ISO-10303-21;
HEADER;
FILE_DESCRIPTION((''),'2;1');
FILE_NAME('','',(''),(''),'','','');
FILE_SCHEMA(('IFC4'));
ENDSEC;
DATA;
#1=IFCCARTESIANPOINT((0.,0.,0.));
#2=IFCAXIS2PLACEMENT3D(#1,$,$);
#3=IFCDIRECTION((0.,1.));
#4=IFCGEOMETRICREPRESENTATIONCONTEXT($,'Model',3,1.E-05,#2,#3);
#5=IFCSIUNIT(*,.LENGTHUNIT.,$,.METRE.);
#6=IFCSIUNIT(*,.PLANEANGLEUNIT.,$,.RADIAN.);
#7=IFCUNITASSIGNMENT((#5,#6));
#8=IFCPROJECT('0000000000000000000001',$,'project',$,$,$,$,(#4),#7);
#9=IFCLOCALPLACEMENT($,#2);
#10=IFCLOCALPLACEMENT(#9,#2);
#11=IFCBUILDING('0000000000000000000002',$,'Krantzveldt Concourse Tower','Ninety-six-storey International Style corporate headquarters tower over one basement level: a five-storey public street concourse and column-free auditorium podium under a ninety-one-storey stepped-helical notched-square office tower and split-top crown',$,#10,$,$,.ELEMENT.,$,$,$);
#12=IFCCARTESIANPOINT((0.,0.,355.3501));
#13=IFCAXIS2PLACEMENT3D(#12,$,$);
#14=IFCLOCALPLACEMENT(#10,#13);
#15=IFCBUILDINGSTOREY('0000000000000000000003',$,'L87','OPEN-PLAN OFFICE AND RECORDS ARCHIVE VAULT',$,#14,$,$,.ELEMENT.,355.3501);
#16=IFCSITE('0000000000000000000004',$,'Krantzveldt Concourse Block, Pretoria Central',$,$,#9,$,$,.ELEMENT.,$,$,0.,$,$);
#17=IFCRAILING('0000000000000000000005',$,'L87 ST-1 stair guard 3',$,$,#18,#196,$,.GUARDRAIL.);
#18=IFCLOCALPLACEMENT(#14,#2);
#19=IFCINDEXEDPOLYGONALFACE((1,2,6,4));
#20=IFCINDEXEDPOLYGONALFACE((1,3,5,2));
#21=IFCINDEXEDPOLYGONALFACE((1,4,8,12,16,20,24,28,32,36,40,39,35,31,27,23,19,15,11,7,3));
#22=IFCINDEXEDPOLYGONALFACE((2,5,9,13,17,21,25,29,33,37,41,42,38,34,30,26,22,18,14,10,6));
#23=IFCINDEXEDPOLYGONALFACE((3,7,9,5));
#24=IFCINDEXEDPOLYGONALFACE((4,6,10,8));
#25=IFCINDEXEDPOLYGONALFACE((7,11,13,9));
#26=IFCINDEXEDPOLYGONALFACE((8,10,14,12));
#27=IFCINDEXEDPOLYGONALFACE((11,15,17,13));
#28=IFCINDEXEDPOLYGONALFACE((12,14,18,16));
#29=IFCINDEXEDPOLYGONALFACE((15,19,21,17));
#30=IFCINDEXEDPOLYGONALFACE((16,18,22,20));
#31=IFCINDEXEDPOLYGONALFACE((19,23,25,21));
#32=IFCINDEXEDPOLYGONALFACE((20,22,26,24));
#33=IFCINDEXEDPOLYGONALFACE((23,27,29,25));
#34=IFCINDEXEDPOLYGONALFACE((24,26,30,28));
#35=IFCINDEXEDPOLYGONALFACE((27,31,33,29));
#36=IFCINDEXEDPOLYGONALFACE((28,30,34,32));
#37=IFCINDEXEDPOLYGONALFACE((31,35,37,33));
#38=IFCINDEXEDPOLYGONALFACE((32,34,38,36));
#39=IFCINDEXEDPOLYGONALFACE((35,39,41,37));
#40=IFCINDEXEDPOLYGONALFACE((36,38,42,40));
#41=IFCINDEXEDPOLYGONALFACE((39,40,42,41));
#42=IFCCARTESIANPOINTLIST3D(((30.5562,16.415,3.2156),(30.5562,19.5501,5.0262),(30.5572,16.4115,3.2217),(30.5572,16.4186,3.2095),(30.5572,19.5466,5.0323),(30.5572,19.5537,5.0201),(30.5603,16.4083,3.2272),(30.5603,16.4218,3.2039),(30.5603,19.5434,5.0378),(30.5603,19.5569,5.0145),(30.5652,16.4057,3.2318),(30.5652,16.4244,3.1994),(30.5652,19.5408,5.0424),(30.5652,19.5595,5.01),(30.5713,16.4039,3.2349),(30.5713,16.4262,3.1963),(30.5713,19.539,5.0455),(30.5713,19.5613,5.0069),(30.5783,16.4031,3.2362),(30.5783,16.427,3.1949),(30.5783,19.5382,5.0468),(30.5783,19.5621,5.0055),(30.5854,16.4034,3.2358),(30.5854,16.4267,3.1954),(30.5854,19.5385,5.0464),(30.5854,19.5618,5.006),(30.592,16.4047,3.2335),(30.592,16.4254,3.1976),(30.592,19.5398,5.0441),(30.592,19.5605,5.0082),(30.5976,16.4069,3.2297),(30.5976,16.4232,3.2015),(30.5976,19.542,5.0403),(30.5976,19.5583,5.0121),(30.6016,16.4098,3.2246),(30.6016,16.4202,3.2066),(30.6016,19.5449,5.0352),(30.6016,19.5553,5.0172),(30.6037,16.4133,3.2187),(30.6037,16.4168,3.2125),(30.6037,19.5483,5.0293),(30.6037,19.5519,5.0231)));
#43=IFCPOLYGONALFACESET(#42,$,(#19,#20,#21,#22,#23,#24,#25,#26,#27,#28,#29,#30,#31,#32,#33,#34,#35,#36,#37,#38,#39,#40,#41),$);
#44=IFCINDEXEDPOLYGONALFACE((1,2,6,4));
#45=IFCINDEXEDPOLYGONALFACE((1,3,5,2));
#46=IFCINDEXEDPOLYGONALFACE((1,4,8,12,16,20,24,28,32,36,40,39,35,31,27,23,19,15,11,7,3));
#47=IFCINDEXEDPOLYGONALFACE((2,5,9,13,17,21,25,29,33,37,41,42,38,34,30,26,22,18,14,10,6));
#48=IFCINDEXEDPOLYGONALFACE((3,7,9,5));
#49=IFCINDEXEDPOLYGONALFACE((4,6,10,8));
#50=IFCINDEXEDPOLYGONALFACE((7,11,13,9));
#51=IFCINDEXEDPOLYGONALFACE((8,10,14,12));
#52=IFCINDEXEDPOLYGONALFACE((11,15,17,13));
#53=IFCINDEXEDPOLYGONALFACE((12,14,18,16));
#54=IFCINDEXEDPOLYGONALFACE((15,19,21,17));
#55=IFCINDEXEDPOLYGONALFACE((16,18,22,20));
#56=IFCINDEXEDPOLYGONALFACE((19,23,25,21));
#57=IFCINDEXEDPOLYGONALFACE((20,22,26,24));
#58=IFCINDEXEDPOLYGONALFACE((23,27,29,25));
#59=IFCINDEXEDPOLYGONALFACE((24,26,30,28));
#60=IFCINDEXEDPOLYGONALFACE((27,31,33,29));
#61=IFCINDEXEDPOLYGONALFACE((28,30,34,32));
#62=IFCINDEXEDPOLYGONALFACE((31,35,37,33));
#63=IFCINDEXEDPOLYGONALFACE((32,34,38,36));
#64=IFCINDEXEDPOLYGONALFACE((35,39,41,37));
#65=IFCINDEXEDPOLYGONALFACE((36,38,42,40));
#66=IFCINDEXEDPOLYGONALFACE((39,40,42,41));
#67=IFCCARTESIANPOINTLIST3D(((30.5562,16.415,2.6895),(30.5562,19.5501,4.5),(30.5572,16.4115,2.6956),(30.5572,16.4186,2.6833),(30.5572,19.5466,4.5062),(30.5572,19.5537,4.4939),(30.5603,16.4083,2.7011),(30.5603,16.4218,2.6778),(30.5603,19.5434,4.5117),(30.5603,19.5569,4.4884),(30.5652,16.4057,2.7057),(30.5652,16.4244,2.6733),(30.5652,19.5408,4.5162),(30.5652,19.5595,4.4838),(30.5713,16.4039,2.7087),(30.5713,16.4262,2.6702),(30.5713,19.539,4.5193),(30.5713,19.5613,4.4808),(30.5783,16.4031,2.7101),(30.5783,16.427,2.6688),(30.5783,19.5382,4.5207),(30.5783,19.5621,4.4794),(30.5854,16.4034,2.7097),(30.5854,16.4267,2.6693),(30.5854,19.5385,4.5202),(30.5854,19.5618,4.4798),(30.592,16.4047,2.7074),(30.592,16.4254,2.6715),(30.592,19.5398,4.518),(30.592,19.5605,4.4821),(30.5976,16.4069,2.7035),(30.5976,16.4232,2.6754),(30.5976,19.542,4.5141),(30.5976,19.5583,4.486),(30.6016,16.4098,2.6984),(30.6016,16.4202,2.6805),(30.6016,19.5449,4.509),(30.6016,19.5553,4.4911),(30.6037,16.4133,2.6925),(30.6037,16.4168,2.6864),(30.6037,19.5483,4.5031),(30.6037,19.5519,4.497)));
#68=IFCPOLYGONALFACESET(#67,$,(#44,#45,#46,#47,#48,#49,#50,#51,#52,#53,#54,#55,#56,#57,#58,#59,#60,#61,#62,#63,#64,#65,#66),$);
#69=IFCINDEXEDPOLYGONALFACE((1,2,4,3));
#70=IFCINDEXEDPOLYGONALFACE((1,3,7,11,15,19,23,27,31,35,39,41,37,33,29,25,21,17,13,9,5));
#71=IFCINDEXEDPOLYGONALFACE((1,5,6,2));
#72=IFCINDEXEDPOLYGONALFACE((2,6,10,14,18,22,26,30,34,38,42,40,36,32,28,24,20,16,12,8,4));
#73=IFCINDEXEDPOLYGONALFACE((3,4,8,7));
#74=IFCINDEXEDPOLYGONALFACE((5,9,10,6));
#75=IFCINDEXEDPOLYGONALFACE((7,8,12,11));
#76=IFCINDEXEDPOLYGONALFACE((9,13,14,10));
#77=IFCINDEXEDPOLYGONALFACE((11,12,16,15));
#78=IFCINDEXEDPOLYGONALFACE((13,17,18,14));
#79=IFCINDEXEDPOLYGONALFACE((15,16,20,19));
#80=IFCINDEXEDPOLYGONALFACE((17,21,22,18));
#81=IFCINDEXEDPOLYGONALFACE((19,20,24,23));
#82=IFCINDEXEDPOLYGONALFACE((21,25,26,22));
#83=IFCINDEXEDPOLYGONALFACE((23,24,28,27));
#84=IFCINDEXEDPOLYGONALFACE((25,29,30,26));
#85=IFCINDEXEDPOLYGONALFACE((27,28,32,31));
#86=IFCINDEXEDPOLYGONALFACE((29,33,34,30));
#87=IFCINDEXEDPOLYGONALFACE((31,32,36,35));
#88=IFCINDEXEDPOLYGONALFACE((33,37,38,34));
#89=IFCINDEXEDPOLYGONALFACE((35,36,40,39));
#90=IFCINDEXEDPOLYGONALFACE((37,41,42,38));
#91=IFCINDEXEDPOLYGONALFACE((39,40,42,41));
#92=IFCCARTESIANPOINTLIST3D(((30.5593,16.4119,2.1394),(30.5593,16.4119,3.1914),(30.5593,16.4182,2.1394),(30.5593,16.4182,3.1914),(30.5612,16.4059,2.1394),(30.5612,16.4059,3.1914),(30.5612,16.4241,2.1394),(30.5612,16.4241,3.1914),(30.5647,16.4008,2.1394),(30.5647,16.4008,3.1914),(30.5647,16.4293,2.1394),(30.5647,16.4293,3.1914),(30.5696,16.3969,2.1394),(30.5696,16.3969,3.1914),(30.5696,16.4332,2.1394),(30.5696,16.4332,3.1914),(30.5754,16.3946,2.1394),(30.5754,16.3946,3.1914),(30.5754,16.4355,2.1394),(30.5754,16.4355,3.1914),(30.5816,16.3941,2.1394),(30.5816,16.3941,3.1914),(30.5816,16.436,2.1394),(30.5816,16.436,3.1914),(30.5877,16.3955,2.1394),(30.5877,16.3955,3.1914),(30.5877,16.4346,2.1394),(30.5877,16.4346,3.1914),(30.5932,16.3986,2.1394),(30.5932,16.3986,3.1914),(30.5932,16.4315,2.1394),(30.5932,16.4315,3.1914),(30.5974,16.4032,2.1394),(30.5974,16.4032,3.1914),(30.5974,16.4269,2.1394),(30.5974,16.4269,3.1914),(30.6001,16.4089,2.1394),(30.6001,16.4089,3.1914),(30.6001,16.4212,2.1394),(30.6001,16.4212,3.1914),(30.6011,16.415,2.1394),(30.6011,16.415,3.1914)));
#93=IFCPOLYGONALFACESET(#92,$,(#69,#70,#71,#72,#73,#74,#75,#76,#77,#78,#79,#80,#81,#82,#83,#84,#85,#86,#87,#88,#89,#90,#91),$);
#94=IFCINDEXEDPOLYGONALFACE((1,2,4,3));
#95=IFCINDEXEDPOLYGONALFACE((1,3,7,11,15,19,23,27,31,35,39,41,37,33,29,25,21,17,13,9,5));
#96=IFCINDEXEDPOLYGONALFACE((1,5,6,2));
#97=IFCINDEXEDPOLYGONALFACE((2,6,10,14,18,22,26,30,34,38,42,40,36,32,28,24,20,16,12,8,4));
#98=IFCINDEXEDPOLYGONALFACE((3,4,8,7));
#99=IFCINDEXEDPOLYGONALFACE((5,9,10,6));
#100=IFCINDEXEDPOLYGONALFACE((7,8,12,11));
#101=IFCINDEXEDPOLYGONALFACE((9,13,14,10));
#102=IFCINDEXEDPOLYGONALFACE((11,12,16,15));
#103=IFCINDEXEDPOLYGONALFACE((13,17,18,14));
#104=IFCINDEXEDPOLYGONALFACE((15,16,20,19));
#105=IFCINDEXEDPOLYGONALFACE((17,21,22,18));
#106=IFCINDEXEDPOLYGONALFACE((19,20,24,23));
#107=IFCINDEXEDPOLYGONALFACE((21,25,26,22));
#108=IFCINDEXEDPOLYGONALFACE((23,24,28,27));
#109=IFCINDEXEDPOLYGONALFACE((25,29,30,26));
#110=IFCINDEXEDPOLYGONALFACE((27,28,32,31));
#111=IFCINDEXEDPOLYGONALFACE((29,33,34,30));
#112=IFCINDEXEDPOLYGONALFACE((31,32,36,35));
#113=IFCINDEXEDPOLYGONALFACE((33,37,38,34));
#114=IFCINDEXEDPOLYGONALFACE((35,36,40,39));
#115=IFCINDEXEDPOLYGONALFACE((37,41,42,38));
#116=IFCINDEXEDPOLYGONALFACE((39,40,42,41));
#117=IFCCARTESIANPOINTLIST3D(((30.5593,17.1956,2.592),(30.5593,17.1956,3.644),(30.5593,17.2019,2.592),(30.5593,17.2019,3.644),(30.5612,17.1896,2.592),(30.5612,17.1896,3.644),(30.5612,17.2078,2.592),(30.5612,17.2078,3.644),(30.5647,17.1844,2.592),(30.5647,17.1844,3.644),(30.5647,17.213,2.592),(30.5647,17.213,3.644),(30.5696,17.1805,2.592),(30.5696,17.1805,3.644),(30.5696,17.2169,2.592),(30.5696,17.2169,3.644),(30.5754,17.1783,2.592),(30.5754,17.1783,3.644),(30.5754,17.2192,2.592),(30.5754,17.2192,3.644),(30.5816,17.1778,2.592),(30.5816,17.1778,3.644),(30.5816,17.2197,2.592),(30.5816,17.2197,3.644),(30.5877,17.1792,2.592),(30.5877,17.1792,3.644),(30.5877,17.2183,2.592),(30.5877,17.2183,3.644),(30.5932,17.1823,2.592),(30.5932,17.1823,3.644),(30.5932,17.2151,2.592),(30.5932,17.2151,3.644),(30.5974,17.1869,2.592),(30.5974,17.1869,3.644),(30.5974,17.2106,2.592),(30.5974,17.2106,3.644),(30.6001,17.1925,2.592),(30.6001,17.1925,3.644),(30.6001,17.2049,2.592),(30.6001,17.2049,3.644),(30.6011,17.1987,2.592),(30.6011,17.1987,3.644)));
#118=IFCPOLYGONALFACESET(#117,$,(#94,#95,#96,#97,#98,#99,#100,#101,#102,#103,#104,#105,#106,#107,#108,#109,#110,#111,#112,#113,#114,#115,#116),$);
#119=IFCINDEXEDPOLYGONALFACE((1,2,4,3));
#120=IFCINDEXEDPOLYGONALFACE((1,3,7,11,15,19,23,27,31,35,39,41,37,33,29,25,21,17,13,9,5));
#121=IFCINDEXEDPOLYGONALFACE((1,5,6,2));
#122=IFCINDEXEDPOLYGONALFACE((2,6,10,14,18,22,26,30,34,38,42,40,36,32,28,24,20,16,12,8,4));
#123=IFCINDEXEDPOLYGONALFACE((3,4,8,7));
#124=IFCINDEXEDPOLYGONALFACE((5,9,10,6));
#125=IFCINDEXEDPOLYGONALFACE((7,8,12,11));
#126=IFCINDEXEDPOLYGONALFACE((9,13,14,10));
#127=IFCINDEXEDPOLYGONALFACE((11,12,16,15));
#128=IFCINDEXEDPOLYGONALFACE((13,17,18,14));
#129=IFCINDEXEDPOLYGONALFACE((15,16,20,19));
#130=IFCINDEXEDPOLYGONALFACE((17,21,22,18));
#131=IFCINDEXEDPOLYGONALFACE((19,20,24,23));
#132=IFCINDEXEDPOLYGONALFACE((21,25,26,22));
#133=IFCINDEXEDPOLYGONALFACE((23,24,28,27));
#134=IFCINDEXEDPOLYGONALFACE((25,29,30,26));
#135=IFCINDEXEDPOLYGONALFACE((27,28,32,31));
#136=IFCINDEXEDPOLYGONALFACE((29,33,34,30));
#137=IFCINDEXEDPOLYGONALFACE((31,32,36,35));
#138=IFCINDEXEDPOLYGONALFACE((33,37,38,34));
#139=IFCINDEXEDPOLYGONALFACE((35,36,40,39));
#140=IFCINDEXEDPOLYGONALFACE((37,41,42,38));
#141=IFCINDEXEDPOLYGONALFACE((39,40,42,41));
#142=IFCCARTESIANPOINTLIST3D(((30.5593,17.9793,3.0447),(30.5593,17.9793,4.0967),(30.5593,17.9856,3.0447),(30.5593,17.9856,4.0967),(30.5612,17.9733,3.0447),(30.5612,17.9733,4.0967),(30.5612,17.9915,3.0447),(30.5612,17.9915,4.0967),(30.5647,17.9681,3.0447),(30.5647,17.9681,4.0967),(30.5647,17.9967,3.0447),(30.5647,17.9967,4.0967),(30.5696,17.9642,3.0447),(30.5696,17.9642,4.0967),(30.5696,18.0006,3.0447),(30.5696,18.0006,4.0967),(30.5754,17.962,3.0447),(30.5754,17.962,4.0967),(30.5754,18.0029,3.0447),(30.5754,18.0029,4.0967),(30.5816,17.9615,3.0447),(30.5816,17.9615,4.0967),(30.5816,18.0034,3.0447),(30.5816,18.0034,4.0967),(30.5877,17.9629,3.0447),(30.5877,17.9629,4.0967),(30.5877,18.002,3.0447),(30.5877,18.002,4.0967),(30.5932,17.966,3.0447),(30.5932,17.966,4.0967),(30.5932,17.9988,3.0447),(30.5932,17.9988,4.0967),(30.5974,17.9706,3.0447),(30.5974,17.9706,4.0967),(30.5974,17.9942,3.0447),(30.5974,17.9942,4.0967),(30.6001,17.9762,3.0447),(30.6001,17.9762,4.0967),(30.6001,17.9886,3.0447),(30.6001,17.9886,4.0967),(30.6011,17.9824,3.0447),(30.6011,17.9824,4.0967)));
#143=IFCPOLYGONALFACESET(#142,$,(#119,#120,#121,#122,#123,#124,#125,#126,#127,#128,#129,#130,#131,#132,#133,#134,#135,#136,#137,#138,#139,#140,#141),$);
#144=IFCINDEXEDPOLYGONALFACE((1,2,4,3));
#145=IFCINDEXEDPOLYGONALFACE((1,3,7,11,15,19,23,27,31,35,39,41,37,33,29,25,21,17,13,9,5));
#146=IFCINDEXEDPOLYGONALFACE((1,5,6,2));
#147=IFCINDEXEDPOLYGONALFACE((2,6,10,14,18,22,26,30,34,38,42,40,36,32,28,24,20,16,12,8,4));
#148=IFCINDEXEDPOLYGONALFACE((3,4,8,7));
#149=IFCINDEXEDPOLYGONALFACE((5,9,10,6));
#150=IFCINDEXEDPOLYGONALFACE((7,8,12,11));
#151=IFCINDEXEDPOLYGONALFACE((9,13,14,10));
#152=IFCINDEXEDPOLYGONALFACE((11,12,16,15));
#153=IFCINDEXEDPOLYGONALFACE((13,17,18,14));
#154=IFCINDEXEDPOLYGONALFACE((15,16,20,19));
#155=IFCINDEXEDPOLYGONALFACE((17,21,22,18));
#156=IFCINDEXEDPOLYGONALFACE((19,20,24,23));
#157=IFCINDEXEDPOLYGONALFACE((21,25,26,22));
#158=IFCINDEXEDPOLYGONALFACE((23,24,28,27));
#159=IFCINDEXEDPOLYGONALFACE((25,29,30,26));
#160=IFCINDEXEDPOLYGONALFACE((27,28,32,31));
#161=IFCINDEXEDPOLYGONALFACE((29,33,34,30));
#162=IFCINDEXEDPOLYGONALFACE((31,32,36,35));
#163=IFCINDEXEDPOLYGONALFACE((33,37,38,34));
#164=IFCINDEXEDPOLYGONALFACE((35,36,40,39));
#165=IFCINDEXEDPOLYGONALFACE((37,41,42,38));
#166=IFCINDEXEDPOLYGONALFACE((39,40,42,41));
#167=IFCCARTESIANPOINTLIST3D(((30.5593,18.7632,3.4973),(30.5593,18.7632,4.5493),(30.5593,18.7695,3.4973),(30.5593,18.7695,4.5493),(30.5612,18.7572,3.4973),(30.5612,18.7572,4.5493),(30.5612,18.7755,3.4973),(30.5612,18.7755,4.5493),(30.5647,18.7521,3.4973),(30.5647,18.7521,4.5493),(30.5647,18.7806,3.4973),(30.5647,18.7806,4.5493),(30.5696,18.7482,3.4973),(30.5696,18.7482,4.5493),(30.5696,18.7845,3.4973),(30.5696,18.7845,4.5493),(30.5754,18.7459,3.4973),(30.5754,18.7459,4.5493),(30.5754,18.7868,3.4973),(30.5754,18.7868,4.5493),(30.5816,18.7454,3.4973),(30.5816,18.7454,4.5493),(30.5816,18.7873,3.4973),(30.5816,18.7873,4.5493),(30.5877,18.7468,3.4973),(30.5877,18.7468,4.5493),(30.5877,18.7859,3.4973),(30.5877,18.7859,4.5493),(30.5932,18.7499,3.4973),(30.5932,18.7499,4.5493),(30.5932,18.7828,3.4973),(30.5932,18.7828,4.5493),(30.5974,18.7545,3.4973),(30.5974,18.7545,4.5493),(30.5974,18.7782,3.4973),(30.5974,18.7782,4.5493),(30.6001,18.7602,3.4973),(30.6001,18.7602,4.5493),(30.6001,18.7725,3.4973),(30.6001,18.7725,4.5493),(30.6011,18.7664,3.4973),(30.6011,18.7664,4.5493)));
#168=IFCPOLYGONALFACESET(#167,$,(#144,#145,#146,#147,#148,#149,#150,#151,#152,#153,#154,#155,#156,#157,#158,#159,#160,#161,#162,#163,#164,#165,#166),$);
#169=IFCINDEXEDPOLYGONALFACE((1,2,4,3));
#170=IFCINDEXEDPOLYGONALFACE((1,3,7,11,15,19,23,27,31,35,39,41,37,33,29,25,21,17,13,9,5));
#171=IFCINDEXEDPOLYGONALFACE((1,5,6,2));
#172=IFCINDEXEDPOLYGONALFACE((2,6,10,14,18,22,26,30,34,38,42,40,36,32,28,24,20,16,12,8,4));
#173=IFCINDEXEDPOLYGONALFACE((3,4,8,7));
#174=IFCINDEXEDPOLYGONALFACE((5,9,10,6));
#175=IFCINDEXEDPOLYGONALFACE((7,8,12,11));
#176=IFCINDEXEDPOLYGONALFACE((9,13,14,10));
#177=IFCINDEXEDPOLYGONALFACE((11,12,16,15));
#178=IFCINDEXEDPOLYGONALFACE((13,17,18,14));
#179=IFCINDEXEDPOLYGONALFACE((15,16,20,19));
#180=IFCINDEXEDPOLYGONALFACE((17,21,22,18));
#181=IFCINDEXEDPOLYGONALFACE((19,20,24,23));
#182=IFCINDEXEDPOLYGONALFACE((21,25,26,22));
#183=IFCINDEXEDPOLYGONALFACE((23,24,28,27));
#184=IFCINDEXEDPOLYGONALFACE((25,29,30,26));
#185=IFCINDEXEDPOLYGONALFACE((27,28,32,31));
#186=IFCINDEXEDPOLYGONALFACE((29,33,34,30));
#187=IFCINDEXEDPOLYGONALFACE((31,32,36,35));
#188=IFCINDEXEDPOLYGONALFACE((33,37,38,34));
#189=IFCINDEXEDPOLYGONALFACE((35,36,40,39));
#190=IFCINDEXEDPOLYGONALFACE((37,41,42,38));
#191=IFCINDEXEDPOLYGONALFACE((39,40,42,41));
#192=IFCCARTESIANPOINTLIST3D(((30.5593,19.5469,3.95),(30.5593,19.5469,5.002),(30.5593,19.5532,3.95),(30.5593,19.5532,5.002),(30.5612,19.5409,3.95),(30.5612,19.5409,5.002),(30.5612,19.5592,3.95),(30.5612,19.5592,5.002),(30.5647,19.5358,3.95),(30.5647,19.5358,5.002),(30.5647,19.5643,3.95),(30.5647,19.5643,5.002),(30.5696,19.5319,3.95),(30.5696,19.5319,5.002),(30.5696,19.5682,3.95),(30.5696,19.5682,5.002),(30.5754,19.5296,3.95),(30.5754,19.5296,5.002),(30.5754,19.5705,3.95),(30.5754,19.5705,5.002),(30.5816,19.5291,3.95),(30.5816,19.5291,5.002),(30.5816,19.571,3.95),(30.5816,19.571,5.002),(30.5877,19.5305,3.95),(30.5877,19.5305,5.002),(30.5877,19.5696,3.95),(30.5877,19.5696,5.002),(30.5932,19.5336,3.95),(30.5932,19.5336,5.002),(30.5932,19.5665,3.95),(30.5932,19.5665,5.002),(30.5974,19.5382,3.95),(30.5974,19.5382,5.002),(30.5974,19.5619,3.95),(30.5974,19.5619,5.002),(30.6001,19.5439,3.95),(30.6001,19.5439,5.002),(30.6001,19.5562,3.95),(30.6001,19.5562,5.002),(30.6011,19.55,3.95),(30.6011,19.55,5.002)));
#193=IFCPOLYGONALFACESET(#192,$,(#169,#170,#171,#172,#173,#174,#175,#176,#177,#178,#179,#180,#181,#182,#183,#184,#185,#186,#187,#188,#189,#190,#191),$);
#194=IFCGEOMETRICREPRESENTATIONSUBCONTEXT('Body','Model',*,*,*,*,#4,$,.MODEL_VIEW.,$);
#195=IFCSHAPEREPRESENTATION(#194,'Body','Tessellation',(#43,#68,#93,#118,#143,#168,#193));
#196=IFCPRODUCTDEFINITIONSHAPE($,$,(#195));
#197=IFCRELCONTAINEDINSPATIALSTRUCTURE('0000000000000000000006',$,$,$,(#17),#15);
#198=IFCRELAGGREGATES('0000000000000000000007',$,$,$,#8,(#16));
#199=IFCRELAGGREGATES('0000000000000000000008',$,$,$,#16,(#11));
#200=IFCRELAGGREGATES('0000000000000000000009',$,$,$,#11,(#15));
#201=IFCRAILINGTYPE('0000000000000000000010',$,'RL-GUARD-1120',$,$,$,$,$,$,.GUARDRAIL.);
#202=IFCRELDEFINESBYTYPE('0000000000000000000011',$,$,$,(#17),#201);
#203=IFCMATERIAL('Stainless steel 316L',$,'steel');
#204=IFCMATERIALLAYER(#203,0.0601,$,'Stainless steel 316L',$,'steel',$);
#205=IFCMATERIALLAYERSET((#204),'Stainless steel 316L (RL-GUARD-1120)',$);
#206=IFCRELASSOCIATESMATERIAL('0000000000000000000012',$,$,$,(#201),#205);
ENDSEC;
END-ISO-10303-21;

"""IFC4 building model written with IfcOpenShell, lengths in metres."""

from ifc_helpers import new_model, si_unit, direction, frame, origin, origin_2d, place, context, subcontext, project, spatial, circle, extrude, material, layer, layer_set, type_object, element, save


model = new_model("IFC4")

# Units and contexts
model_context = context("Model", 3, precision=1e-05, world=origin(), true_north=direction((0.0, 1.0)))
body_context = subcontext(model_context, "Body", "Model", "MODEL_VIEW")
ifc_project = project(units=[si_unit("LENGTHUNIT", "METRE"), si_unit("PLANEANGLEUNIT", "RADIAN")], contexts=[model_context])

# Site, building, storey
site_placement = place(None, origin())
site = spatial("IfcSite", under=ifc_project, at=site_placement, Name="Krantzveldt Concourse Block, Pretoria Central", CompositionType="ELEMENT", RefElevation=0.0)
building_placement = place(site_placement, origin())
building = spatial("IfcBuilding", under=site, at=building_placement, Name="Krantzveldt Concourse Tower", Description="Ninety-six-storey International Style corporate headquarters tower over one basement level: a five-storey public street concourse and column-free auditorium podium under a ninety-one-storey stepped-helical notched-square office tower and split-top crown", CompositionType="ELEMENT")
storey_placement = place(building_placement, frame((0.0, 0.0, 355.3501)))
storey = spatial("IfcBuildingStorey", under=building, at=storey_placement, Name="L87", Description="OPEN-PLAN OFFICE AND RECORDS ARCHIVE VAULT", CompositionType="ELEMENT", Elevation=355.3501)

# Railing
ifc_material_1 = material(Name="Stainless steel 316L", Category="steel")
ifc_layer_1 = layer(ifc_material_1, 0.0601, Name="Stainless steel 316L", Category="steel")
ifc_layer_set_1 = layer_set([ifc_layer_1], Name="Stainless steel 316L (RL-GUARD-1120)")
railing_type_1 = type_object("IfcRailingType", Name="RL-GUARD-1120", PredefinedType="GUARDRAIL", material=ifc_layer_set_1)
railing_1_placement = place(storey_placement, frame((30.5801, 16.415, 2.1394)))
element("IfcRailing", 1, at=railing_1_placement, inside=storey, type_object=railing_type_1, Name="L87 ST-1 stair guard 3", PredefinedType="GUARDRAIL", context=body_context, shape_type="SweptSolid", body=[
    extrude(circle(Radius=0.0239, at=origin_2d()), frame((0.0, 0.0, 1.0762), z_axis=(0.0, 0.86596, 0.500114), x_axis=(-1.0, 0.0, 0.0)), (0.0, 0.0, 1.0), 3.6204),
    extrude(circle(Radius=0.0239, at=origin_2d()), frame((0.0, 0.0, 0.55), z_axis=(0.0, 0.86596, 0.500114), x_axis=(-1.0, 0.0, 0.0)), (0.0, 0.0, 1.0), 3.6204),
    extrude(circle(Radius=0.021, at=origin_2d()), origin(), (0.0, 0.0, 1.0), 1.052),
    extrude(circle(Radius=0.021, at=origin_2d()), frame((0.0, 0.7837, 0.4526)), (0.0, 0.0, 1.0), 1.052),
    extrude(circle(Radius=0.021, at=origin_2d()), frame((0.0, 1.5674, 0.9053)), (0.0, 0.0, 1.0), 1.052),
    extrude(circle(Radius=0.021, at=origin_2d()), frame((0.0, 2.3513, 1.3579)), (0.0, 0.0, 1.0), 1.052),
    extrude(circle(Radius=0.021, at=origin_2d()), frame((0.0, 3.135, 1.8105)), (0.0, 0.0, 1.0), 1.052),
])

save(model, "model.ifc")
